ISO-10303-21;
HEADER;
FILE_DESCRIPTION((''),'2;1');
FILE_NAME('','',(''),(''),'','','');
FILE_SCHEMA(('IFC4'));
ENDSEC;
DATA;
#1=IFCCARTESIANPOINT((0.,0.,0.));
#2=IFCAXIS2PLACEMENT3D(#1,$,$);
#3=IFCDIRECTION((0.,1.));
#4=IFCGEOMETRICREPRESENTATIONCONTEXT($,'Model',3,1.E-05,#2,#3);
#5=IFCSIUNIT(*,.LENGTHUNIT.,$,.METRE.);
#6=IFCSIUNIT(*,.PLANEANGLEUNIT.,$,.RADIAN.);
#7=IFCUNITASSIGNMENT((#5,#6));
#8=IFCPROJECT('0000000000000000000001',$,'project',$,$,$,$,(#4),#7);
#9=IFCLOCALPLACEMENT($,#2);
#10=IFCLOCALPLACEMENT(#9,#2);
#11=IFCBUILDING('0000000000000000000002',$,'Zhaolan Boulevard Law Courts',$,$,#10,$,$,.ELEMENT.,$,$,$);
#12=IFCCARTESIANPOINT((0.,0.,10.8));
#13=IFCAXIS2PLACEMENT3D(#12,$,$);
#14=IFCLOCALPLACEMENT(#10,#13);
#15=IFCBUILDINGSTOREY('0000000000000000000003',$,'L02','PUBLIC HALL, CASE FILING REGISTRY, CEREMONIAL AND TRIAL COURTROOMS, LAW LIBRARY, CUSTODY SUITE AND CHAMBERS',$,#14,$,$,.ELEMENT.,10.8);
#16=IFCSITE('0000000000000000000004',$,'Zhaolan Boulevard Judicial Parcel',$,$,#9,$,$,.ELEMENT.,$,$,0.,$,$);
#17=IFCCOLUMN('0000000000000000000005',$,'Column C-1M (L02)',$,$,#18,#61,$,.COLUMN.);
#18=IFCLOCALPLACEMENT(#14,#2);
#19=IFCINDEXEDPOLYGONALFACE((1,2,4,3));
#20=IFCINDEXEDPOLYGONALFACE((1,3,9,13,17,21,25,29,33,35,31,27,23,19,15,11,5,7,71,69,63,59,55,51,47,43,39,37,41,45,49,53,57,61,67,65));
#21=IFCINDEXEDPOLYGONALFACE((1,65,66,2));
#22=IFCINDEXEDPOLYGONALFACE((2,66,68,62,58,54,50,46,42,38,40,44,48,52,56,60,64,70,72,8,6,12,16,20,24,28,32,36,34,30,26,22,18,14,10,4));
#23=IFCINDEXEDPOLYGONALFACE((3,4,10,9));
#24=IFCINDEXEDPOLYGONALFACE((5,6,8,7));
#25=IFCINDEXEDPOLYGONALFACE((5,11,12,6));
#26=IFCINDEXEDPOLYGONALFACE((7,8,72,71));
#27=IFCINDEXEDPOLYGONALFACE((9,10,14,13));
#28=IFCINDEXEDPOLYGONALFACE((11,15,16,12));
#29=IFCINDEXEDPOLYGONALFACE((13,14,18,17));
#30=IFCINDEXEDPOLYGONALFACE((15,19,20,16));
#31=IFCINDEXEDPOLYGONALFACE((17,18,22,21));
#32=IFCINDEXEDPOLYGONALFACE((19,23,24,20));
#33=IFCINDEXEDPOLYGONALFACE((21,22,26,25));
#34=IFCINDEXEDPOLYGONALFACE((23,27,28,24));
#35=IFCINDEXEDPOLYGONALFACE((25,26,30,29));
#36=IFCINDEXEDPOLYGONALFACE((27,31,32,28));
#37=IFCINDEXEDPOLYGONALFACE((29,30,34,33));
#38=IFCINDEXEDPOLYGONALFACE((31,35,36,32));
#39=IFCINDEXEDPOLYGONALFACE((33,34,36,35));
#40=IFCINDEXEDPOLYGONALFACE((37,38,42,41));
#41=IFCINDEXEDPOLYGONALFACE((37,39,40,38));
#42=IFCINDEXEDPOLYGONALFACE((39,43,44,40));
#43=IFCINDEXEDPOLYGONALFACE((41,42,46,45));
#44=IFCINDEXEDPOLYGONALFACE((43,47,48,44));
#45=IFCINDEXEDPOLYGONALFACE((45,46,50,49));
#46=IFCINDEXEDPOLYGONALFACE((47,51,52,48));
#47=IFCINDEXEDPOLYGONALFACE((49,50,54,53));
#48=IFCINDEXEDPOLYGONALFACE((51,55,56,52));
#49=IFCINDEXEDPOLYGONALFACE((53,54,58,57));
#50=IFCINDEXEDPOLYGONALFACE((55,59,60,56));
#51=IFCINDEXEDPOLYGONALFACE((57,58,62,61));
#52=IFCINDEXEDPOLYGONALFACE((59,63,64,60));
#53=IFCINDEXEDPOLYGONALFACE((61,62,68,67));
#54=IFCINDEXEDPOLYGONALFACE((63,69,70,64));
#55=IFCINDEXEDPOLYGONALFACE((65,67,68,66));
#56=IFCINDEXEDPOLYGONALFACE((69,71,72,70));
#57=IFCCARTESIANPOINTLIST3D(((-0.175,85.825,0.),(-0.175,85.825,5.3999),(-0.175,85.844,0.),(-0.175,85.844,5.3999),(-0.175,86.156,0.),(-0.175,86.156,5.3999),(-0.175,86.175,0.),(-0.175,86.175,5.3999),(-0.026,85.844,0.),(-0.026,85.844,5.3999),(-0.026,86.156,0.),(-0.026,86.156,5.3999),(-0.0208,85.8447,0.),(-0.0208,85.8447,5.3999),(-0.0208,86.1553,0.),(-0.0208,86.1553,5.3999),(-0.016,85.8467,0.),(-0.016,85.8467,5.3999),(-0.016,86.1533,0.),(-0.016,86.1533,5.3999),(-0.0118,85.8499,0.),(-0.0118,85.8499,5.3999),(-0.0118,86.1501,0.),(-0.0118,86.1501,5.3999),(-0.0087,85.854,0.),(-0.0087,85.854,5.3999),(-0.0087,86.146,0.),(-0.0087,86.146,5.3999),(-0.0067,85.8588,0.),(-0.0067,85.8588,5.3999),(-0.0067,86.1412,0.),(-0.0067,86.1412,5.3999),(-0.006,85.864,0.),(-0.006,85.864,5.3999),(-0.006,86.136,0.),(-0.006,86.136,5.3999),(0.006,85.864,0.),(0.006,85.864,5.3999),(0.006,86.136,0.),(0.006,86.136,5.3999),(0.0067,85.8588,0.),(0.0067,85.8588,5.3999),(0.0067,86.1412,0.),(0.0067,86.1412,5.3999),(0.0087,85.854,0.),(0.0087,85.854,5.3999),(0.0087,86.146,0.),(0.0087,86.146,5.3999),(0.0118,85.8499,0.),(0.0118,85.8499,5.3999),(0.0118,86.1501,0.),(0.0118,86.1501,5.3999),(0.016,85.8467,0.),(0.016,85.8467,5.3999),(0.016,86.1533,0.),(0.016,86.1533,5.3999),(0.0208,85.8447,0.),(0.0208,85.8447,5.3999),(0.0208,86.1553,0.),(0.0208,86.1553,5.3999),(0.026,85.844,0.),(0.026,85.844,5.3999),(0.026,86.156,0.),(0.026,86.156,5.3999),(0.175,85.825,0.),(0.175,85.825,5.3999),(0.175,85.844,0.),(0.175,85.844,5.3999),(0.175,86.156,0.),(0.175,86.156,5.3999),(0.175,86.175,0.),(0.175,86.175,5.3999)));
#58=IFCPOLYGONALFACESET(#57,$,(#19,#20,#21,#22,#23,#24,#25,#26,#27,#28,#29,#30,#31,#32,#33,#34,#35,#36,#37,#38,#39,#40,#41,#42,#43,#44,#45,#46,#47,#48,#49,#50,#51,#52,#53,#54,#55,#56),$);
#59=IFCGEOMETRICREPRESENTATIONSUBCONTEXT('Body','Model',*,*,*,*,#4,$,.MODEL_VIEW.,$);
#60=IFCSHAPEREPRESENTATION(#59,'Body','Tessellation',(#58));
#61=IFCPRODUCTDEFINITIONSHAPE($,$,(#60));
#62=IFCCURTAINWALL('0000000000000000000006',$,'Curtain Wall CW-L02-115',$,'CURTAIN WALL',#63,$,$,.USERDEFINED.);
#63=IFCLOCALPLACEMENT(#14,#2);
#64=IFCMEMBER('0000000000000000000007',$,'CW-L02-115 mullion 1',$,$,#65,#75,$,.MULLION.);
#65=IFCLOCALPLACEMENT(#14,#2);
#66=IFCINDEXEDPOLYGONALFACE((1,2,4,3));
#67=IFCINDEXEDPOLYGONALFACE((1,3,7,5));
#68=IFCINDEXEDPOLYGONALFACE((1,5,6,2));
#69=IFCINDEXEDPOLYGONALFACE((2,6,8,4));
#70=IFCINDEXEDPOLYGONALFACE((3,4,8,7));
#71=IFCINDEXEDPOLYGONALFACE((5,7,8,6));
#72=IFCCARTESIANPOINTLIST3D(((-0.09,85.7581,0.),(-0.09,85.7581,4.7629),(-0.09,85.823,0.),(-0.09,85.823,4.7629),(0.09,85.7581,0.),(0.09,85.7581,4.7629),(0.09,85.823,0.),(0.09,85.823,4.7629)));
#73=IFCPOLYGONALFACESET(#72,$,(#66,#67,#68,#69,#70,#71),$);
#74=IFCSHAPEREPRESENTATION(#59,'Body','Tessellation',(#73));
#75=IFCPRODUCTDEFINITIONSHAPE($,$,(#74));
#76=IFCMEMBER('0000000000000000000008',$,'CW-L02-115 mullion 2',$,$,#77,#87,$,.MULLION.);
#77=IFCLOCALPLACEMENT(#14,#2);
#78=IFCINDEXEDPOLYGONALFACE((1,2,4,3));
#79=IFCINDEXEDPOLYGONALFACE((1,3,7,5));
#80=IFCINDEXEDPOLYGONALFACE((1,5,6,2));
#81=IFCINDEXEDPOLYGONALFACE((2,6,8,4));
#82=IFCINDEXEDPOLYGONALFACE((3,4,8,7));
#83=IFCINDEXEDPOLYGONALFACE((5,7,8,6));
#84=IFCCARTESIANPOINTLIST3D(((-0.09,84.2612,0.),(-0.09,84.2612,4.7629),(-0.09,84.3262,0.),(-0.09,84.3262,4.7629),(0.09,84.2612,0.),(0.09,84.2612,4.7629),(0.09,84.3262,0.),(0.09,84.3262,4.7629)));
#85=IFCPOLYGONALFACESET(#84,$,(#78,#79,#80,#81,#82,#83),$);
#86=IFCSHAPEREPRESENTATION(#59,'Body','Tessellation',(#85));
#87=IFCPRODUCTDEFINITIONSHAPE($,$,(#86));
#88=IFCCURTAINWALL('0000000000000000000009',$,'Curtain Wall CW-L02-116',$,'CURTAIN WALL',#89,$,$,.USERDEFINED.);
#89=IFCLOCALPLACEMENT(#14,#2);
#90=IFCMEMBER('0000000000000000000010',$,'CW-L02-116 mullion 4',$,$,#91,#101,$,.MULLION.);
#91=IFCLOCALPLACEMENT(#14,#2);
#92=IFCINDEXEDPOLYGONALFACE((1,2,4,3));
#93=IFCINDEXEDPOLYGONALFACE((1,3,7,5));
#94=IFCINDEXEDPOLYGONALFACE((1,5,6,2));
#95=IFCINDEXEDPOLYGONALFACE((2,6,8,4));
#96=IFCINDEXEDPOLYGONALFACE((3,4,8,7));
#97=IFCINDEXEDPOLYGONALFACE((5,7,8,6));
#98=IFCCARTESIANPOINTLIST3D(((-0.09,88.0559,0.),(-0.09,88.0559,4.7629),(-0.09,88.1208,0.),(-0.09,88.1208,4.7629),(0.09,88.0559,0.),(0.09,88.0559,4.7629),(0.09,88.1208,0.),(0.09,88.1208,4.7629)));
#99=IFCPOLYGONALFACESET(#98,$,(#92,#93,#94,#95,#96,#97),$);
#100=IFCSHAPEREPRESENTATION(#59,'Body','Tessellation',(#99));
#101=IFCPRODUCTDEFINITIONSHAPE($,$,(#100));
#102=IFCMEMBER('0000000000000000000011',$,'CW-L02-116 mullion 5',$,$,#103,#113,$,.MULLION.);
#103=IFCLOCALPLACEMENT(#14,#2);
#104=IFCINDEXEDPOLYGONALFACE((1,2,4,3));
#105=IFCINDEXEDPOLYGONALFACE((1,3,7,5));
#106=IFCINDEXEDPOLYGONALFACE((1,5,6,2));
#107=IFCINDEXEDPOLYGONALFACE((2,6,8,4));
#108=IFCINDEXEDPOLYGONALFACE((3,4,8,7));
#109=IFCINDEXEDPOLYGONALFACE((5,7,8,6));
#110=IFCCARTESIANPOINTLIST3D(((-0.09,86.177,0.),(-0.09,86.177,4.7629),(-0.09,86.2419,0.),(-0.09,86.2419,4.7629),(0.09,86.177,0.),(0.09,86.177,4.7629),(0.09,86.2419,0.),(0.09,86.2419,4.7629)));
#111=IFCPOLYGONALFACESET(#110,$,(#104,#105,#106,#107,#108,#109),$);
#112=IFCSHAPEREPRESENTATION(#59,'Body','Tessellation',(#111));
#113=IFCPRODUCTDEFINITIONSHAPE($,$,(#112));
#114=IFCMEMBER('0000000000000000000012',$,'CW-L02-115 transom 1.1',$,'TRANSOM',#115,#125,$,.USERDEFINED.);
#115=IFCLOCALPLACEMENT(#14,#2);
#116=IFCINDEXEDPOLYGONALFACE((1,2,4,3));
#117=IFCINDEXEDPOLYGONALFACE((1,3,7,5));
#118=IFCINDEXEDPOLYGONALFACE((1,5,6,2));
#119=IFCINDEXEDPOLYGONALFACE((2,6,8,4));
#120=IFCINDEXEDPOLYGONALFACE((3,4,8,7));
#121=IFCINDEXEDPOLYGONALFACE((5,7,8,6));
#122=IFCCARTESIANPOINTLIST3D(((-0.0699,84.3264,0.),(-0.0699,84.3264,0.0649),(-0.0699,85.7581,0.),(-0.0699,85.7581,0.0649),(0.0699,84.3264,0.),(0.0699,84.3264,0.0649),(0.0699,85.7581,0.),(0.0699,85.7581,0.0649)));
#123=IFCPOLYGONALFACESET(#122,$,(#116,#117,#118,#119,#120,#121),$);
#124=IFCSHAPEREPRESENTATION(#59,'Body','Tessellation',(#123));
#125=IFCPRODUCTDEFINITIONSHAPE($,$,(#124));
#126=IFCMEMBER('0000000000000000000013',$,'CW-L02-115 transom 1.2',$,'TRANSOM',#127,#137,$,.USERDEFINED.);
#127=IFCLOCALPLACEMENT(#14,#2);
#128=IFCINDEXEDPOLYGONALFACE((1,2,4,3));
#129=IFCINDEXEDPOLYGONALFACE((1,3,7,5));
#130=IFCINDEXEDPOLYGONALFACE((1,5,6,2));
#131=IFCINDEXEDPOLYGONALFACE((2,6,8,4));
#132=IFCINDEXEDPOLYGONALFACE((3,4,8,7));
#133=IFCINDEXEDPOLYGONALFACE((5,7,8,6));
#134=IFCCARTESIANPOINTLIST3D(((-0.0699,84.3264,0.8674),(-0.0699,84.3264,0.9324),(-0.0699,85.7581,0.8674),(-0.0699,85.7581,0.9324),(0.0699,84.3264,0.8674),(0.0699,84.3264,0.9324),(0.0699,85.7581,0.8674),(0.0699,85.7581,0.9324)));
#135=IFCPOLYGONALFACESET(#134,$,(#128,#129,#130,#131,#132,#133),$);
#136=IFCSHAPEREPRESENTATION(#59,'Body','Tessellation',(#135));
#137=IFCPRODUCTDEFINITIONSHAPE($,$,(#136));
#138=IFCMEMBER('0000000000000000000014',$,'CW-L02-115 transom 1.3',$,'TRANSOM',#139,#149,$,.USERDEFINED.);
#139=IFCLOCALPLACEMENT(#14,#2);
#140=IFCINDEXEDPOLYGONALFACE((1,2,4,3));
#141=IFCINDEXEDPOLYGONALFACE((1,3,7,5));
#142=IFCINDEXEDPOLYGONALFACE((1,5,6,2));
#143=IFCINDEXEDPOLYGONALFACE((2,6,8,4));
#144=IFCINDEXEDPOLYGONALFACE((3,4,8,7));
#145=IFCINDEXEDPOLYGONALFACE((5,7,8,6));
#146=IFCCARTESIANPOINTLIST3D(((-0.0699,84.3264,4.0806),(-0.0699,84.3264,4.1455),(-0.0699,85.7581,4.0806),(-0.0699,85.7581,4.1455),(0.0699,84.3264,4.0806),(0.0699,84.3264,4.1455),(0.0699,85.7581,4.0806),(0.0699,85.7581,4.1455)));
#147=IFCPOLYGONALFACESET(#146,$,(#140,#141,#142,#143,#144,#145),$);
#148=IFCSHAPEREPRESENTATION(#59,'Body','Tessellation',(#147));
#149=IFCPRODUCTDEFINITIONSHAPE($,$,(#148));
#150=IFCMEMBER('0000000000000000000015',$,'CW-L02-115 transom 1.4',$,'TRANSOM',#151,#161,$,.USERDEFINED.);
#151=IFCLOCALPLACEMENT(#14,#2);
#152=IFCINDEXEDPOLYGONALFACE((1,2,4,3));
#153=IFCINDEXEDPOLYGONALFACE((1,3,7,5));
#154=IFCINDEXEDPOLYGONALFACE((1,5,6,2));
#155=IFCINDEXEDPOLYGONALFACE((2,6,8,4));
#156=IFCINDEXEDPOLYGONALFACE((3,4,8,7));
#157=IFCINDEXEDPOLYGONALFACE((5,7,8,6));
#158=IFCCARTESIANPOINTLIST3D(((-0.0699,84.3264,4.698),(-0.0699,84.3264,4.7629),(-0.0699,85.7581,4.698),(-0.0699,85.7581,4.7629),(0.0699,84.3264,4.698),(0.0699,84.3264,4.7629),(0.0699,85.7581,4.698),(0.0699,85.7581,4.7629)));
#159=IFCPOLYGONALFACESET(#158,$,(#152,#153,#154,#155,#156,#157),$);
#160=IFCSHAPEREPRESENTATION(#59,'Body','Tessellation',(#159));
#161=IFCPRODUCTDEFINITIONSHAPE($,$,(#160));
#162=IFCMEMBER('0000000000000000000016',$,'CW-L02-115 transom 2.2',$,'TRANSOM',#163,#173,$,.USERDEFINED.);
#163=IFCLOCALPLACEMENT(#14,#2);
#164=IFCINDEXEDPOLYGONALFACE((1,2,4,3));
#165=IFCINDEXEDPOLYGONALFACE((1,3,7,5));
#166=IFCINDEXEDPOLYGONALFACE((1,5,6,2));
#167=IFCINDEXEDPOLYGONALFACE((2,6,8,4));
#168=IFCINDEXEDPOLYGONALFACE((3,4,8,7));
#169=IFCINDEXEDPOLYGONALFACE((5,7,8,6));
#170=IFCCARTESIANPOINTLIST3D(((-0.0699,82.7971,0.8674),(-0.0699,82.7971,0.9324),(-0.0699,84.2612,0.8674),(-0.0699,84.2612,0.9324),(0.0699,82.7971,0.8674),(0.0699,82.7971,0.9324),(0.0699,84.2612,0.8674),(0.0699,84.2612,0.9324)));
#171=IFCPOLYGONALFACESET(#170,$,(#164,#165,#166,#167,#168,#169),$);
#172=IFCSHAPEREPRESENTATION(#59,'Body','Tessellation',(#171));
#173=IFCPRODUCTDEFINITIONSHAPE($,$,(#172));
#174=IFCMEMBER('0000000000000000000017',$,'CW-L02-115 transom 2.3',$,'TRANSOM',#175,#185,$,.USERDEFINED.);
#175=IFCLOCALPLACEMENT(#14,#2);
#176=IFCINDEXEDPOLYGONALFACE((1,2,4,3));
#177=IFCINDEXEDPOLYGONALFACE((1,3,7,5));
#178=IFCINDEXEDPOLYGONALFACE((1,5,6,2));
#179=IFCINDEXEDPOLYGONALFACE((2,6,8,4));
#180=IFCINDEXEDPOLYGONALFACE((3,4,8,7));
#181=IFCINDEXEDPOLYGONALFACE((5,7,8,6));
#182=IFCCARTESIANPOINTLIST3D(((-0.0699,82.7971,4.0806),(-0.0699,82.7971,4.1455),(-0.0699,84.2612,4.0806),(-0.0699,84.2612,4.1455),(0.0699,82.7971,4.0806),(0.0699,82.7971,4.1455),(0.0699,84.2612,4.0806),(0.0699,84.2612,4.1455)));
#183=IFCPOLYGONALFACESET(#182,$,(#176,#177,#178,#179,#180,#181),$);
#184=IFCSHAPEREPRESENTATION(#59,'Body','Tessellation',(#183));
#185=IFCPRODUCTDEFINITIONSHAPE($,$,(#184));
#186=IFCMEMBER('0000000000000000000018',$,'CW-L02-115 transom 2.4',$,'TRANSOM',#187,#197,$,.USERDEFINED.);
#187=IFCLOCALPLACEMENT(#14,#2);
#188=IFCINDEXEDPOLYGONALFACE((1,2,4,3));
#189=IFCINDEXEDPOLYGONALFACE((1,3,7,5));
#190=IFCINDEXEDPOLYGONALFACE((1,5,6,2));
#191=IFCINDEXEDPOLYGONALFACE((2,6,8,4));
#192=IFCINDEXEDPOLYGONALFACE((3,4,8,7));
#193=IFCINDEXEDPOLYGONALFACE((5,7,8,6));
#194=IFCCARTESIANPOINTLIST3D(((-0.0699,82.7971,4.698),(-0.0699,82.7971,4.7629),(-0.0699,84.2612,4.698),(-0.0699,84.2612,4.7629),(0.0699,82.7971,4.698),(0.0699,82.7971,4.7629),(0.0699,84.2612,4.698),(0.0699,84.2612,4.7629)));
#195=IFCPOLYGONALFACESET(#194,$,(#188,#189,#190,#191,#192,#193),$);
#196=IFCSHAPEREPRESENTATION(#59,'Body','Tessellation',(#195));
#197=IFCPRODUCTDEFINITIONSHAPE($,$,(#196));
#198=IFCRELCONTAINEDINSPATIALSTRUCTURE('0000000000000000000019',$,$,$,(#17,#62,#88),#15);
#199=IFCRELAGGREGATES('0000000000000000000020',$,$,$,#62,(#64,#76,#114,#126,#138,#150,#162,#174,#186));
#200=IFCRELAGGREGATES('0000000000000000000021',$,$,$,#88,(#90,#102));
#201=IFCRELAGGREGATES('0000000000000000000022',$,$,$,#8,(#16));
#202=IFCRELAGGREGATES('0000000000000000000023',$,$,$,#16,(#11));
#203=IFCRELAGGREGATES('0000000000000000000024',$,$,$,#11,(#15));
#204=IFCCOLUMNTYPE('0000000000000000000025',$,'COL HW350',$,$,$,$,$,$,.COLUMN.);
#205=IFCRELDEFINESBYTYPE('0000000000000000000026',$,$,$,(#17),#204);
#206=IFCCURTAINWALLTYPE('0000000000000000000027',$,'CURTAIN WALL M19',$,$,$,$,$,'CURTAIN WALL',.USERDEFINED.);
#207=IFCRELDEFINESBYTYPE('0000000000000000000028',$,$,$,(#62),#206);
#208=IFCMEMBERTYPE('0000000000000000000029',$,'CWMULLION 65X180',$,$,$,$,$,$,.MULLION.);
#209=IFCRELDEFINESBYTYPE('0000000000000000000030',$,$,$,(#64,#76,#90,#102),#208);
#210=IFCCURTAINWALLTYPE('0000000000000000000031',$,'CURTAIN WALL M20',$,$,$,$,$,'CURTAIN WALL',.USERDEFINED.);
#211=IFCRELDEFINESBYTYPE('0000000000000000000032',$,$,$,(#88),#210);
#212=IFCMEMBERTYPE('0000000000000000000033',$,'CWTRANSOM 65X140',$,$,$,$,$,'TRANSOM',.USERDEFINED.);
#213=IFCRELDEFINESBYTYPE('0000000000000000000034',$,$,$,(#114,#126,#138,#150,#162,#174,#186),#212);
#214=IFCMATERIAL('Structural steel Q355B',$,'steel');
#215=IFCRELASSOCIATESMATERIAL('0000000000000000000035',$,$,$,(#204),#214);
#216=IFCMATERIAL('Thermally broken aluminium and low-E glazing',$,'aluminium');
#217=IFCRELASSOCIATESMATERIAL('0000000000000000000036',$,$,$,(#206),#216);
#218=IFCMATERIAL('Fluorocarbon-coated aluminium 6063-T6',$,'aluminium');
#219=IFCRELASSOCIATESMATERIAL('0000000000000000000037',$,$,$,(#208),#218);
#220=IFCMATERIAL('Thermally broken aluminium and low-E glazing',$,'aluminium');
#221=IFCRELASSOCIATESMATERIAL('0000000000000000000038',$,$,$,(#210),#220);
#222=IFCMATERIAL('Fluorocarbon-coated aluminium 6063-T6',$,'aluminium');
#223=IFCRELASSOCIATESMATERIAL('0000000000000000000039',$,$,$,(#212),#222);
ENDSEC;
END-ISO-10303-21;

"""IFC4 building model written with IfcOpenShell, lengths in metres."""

from ifc_helpers import new_model, si_unit, direction, frame, origin, origin_2d, place, context, subcontext, project, spatial, rectangle, i_section, extrude, material, material_profile, profile_set, type_object, element, aggregate, save


model = new_model("IFC4")

# Units and contexts
model_context = context("Model", 3, precision=1e-05, world=origin(), true_north=direction((0.0, 1.0)))
body_context = subcontext(model_context, "Body", "Model", "MODEL_VIEW")
ifc_project = project(units=[si_unit("LENGTHUNIT", "METRE"), si_unit("PLANEANGLEUNIT", "RADIAN")], contexts=[model_context])

# Site, building, storey
site_placement = place(None, origin())
site = spatial("IfcSite", under=ifc_project, at=site_placement, Name="Zhaolan Boulevard Judicial Parcel", CompositionType="ELEMENT", RefElevation=0.0)
building_placement = place(site_placement, origin())
building = spatial("IfcBuilding", under=site, at=building_placement, Name="Zhaolan Boulevard Law Courts", CompositionType="ELEMENT")
storey_placement = place(building_placement, frame((0.0, 0.0, 10.8)))
storey = spatial("IfcBuildingStorey", under=building, at=storey_placement, Name="L02", Description="PUBLIC HALL, CASE FILING REGISTRY, CEREMONIAL AND TRIAL COURTROOMS, LAW LIBRARY, CUSTODY SUITE AND CHAMBERS", CompositionType="ELEMENT", Elevation=10.8)

# Column
ifc_material_1 = material(Name="Structural steel Q355B", Category="steel")
ifc_material_profile_1 = material_profile(ifc_material_1, i_section(OverallWidth=0.3501, OverallDepth=0.3501, WebThickness=0.012, FlangeThickness=0.019, FilletRadius=0.02, at=origin_2d()), Name="HW350x350")
ifc_profile_set_1 = profile_set([ifc_material_profile_1], Name="Structural steel Q355B")
column_type = type_object("IfcColumnType", Name="COL HW350", PredefinedType="COLUMN", material=ifc_profile_set_1)
column_placement = place(storey_placement, frame((0.0, 86.0, 0.0), z_axis=(0.0, 0.0, 1.0), x_axis=(1.0, 0.0, 0.0)))
element("IfcColumn", 1, at=column_placement, inside=storey, type_object=column_type, Name="Column C-1M (L02)", PredefinedType="COLUMN", context=body_context, shape_type="SweptSolid", body=[
    extrude(i_section(OverallWidth=0.3501, OverallDepth=0.3501, WebThickness=0.012, FlangeThickness=0.019, FilletRadius=0.02, at=origin_2d()), origin(), (0.0, 0.0, 1.0), 5.3999),
])

# Curtain walls, members
ifc_material_2 = material(Name="Thermally broken aluminium and low-E glazing", Category="aluminium")
curtain_wall_type_1 = type_object("IfcCurtainWallType", Name="CURTAIN WALL M19", ElementType="CURTAIN WALL", PredefinedType="USERDEFINED", material=ifc_material_2)
curtain_wall_1_placement = place(storey_placement, origin())
curtain_wall_1 = element("IfcCurtainWall", 2, at=curtain_wall_1_placement, inside=storey, type_object=curtain_wall_type_1, Name="Curtain Wall CW-L02-115", ObjectType="CURTAIN WALL", PredefinedType="USERDEFINED")
ifc_material_3 = material(Name="Fluorocarbon-coated aluminium 6063-T6", Category="aluminium")
ifc_material_profile_2 = material_profile(ifc_material_3, rectangle(XDim=0.1799, YDim=0.0649, at=origin_2d()), Name="AL65x180")
ifc_profile_set_2 = profile_set([ifc_material_profile_2], Name="Fluorocarbon-coated aluminium 6063-T6")
member_type_1 = type_object("IfcMemberType", Name="CWMULLION 65X180", PredefinedType="MULLION", material=ifc_profile_set_2)
member_1_placement = place(storey_placement, frame((0.0, 85.7905, 0.0), z_axis=(0.0, 0.0, 1.0), x_axis=(1.0, 0.0, 0.0)))
member_1 = element("IfcMember", 3, at=member_1_placement, type_object=member_type_1, Name="CW-L02-115 mullion 1", PredefinedType="MULLION", context=body_context, shape_type="SweptSolid", body=[
    extrude(rectangle(XDim=0.1799, YDim=0.0649, at=origin_2d()), origin(), (0.0, 0.0, 1.0), 4.7629),
])
member_2_placement = place(storey_placement, frame((0.0, 84.2937, 0.0), z_axis=(0.0, 0.0, 1.0), x_axis=(1.0, 0.0, 0.0)))
member_2 = element("IfcMember", 4, at=member_2_placement, type_object=member_type_1, Name="CW-L02-115 mullion 2", PredefinedType="MULLION", context=body_context, shape_type="SweptSolid", body=[
    extrude(rectangle(XDim=0.1799, YDim=0.0649, at=origin_2d()), origin(), (0.0, 0.0, 1.0), 4.7629),
])
ifc_material_4 = material(Name="Thermally broken aluminium and low-E glazing", Category="aluminium")
curtain_wall_type_2 = type_object("IfcCurtainWallType", Name="CURTAIN WALL M20", ElementType="CURTAIN WALL", PredefinedType="USERDEFINED", material=ifc_material_4)
curtain_wall_2_placement = place(storey_placement, origin())
curtain_wall_2 = element("IfcCurtainWall", 5, at=curtain_wall_2_placement, inside=storey, type_object=curtain_wall_type_2, Name="Curtain Wall CW-L02-116", ObjectType="CURTAIN WALL", PredefinedType="USERDEFINED")
member_3_placement = place(storey_placement, frame((0.0, 88.0884, 0.0), z_axis=(0.0, 0.0, 1.0), x_axis=(1.0, 0.0, 0.0)))
member_3 = element("IfcMember", 6, at=member_3_placement, type_object=member_type_1, Name="CW-L02-116 mullion 4", PredefinedType="MULLION", context=body_context, shape_type="SweptSolid", body=[
    extrude(rectangle(XDim=0.1799, YDim=0.0649, at=origin_2d()), origin(), (0.0, 0.0, 1.0), 4.7629),
])
member_4_placement = place(storey_placement, frame((0.0, 86.2095, 0.0), z_axis=(0.0, 0.0, 1.0), x_axis=(1.0, 0.0, 0.0)))
member_4 = element("IfcMember", 7, at=member_4_placement, type_object=member_type_1, Name="CW-L02-116 mullion 5", PredefinedType="MULLION", context=body_context, shape_type="SweptSolid", body=[
    extrude(rectangle(XDim=0.1799, YDim=0.0649, at=origin_2d()), origin(), (0.0, 0.0, 1.0), 4.7629),
])

# Members
ifc_material_5 = material(Name="Fluorocarbon-coated aluminium 6063-T6", Category="aluminium")
ifc_material_profile_3 = material_profile(ifc_material_5, rectangle(XDim=0.1399, YDim=0.0649, at=origin_2d()), Name="AL65x140")
ifc_profile_set_3 = profile_set([ifc_material_profile_3], Name="Fluorocarbon-coated aluminium 6063-T6")
member_type_2 = type_object("IfcMemberType", Name="CWTRANSOM 65X140", ElementType="TRANSOM", PredefinedType="USERDEFINED", material=ifc_profile_set_3)
member_5_placement = place(storey_placement, frame((0.0, 85.7581, 0.0325), z_axis=(0.0, -1.0, 0.0), x_axis=(1.0, 0.0, 0.0)))
member_5 = element("IfcMember", 8, at=member_5_placement, type_object=member_type_2, Name="CW-L02-115 transom 1.1", ObjectType="TRANSOM", PredefinedType="USERDEFINED", context=body_context, shape_type="SweptSolid", body=[
    extrude(rectangle(XDim=0.1399, YDim=0.0649, at=origin_2d()), origin(), (0.0, 0.0, 1.0), 1.4316),
])
member_6_placement = place(storey_placement, frame((0.0, 85.7581, 0.8999), z_axis=(0.0, -1.0, 0.0), x_axis=(1.0, 0.0, 0.0)))
member_6 = element("IfcMember", 9, at=member_6_placement, type_object=member_type_2, Name="CW-L02-115 transom 1.2", ObjectType="TRANSOM", PredefinedType="USERDEFINED", context=body_context, shape_type="SweptSolid", body=[
    extrude(rectangle(XDim=0.1399, YDim=0.0649, at=origin_2d()), origin(), (0.0, 0.0, 1.0), 1.4316),
])
member_7_placement = place(storey_placement, frame((0.0, 85.7581, 4.113), z_axis=(0.0, -1.0, 0.0), x_axis=(1.0, 0.0, 0.0)))
member_7 = element("IfcMember", 10, at=member_7_placement, type_object=member_type_2, Name="CW-L02-115 transom 1.3", ObjectType="TRANSOM", PredefinedType="USERDEFINED", context=body_context, shape_type="SweptSolid", body=[
    extrude(rectangle(XDim=0.1399, YDim=0.0649, at=origin_2d()), origin(), (0.0, 0.0, 1.0), 1.4316),
])
member_8_placement = place(storey_placement, frame((0.0, 85.7581, 4.7305), z_axis=(0.0, -1.0, 0.0), x_axis=(1.0, 0.0, 0.0)))
member_8 = element("IfcMember", 11, at=member_8_placement, type_object=member_type_2, Name="CW-L02-115 transom 1.4", ObjectType="TRANSOM", PredefinedType="USERDEFINED", context=body_context, shape_type="SweptSolid", body=[
    extrude(rectangle(XDim=0.1399, YDim=0.0649, at=origin_2d()), origin(), (0.0, 0.0, 1.0), 1.4316),
])
member_9_placement = place(storey_placement, frame((0.0, 84.2612, 0.8999), z_axis=(0.0, -1.0, 0.0), x_axis=(1.0, 0.0, 0.0)))
member_9 = element("IfcMember", 12, at=member_9_placement, type_object=member_type_2, Name="CW-L02-115 transom 2.2", ObjectType="TRANSOM", PredefinedType="USERDEFINED", context=body_context, shape_type="SweptSolid", body=[
    extrude(rectangle(XDim=0.1399, YDim=0.0649, at=origin_2d()), origin(), (0.0, 0.0, 1.0), 1.4641),
])
member_10_placement = place(storey_placement, frame((0.0, 84.2612, 4.113), z_axis=(0.0, -1.0, 0.0), x_axis=(1.0, 0.0, 0.0)))
member_10 = element("IfcMember", 13, at=member_10_placement, type_object=member_type_2, Name="CW-L02-115 transom 2.3", ObjectType="TRANSOM", PredefinedType="USERDEFINED", context=body_context, shape_type="SweptSolid", body=[
    extrude(rectangle(XDim=0.1399, YDim=0.0649, at=origin_2d()), origin(), (0.0, 0.0, 1.0), 1.4641),
])
member_11_placement = place(storey_placement, frame((0.0, 84.2612, 4.7305), z_axis=(0.0, -1.0, 0.0), x_axis=(1.0, 0.0, 0.0)))
member_11 = element("IfcMember", 14, at=member_11_placement, type_object=member_type_2, Name="CW-L02-115 transom 2.4", ObjectType="TRANSOM", PredefinedType="USERDEFINED", context=body_context, shape_type="SweptSolid", body=[
    extrude(rectangle(XDim=0.1399, YDim=0.0649, at=origin_2d()), origin(), (0.0, 0.0, 1.0), 1.4641),
])

aggregate(curtain_wall_1, [member_1, member_2, member_5, member_6, member_7, member_8, member_9, member_10, member_11])
aggregate(curtain_wall_2, [member_3, member_4])

save(model, "model.ifc")
